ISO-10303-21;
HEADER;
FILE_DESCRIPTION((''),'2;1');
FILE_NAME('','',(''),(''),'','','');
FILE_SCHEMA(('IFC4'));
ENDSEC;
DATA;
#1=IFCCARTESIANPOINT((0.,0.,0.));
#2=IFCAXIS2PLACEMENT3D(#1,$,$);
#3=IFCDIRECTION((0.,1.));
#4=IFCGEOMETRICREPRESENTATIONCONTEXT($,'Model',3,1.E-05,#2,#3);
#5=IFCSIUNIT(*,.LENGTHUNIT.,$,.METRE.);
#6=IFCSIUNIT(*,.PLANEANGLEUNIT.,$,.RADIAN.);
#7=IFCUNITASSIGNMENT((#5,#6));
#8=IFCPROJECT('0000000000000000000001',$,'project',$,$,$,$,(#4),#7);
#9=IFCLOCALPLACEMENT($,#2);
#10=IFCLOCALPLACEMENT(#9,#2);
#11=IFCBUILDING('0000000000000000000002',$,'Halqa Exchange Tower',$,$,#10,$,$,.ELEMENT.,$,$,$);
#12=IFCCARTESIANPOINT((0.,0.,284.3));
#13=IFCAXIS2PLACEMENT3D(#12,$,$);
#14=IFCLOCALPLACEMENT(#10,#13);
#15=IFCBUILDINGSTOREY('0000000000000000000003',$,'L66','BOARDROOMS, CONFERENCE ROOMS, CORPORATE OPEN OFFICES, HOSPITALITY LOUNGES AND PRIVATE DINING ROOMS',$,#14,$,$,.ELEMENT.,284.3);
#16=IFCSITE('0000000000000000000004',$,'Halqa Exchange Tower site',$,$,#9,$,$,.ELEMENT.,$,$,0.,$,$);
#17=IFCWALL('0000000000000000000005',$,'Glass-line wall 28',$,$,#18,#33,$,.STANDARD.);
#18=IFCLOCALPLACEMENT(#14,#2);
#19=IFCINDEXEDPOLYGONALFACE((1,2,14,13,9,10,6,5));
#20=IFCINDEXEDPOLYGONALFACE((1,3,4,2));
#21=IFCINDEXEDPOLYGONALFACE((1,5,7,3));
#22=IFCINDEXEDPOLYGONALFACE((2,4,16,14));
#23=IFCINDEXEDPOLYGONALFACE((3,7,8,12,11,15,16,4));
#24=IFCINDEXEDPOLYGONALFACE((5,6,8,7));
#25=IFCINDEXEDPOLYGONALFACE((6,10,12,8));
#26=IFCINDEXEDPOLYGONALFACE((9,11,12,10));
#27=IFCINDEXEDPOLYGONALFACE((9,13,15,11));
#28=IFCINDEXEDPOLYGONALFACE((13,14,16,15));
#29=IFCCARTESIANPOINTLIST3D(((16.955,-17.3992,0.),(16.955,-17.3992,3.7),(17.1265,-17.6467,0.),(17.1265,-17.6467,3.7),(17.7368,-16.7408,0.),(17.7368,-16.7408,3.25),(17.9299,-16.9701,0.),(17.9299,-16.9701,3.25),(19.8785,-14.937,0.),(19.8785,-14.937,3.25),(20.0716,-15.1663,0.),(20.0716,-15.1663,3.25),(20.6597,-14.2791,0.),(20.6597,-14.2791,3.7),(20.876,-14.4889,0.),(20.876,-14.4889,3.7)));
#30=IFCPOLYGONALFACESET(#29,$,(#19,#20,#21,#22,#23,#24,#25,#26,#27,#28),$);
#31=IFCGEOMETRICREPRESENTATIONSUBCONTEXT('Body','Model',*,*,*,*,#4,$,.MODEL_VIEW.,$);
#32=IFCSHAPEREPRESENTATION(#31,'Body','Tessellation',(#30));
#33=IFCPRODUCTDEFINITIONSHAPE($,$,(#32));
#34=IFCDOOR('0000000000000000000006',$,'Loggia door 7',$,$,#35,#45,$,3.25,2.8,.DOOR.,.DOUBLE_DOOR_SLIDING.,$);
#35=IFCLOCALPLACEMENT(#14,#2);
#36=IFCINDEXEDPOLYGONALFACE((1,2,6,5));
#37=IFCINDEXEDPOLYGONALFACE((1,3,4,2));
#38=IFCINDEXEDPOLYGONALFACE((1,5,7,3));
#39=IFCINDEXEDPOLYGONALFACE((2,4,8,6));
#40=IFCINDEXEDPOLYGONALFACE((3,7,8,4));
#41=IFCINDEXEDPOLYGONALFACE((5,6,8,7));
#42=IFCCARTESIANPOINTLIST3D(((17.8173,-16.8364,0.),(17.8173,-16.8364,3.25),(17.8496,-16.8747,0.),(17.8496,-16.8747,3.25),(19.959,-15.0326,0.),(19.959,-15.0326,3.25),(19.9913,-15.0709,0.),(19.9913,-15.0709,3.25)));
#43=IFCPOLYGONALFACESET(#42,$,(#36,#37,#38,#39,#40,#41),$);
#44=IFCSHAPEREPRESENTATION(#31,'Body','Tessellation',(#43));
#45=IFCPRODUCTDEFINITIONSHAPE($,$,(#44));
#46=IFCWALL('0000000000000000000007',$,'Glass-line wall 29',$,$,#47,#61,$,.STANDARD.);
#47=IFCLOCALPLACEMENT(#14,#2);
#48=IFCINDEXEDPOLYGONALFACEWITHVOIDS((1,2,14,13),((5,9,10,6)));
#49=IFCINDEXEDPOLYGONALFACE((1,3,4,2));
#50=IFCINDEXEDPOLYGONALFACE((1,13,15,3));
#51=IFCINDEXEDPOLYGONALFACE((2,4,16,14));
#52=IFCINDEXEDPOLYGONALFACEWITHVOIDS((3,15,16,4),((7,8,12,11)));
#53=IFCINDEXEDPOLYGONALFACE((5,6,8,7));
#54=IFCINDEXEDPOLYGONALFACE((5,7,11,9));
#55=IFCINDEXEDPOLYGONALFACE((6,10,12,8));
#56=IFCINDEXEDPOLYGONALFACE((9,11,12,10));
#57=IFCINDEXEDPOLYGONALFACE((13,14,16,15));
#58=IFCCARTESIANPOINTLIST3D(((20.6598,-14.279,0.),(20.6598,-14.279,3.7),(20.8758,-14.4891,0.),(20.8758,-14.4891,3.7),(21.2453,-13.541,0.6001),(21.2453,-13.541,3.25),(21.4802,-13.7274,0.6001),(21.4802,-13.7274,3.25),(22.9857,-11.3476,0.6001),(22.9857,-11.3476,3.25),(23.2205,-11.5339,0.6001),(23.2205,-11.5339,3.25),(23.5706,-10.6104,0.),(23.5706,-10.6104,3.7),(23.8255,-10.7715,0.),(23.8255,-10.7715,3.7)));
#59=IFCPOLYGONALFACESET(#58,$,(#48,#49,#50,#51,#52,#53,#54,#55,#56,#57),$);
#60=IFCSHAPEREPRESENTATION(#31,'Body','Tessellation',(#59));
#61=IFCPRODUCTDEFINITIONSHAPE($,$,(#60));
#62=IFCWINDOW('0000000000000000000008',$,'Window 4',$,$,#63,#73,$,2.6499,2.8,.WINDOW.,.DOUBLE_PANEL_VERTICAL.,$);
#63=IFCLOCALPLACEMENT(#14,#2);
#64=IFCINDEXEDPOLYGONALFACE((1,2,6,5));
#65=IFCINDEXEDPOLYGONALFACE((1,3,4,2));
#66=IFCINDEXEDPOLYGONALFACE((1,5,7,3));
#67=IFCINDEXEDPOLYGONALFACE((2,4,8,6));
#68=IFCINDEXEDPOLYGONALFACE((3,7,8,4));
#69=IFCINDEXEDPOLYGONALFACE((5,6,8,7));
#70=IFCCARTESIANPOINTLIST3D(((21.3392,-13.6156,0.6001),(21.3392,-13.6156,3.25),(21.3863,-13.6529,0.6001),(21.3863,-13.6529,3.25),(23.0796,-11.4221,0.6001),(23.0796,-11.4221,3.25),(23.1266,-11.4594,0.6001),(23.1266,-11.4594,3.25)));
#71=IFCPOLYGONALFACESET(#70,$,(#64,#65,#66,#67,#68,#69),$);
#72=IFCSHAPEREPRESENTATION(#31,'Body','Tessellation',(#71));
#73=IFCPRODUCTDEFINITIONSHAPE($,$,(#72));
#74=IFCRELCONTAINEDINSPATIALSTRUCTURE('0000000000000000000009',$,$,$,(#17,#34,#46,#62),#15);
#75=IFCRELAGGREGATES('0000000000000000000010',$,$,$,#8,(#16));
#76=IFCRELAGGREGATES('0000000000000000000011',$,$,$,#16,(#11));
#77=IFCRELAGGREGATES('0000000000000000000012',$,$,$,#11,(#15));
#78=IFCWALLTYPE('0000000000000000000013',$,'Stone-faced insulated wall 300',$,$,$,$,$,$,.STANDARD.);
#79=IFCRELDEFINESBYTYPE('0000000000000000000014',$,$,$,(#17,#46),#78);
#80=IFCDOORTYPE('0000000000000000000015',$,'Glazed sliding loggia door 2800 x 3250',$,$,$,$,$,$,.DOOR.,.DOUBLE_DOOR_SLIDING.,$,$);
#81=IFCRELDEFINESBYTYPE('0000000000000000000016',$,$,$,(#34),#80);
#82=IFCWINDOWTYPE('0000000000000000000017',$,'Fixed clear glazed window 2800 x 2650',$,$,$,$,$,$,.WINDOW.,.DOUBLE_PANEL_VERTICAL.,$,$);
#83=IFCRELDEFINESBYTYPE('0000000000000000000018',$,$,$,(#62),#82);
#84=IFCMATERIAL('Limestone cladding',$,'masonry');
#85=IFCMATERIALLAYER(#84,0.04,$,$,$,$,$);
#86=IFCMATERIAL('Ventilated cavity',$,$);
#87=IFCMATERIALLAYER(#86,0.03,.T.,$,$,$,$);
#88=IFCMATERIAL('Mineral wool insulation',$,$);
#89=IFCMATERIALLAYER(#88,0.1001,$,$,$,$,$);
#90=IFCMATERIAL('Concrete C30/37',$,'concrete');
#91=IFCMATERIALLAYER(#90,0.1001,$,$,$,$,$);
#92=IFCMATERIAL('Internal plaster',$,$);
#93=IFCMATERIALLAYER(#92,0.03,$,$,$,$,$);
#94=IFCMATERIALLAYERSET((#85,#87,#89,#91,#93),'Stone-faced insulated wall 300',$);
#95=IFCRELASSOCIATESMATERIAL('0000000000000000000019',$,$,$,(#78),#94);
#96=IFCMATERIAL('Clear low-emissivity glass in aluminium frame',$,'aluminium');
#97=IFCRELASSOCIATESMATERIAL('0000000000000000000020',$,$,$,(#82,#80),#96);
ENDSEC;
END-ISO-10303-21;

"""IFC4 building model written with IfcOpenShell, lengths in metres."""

from ifc_helpers import new_model, si_unit, direction, frame, frame_2d, origin, place, context, subcontext, project, spatial, polyline, rectangle, outline, extrude, material, layer, layer_set, type_object, element, fill, save


model = new_model("IFC4")

# Units and contexts
model_context = context("Model", 3, precision=1e-05, world=origin(), true_north=direction((0.0, 1.0)))
body_context = subcontext(model_context, "Body", "Model", "MODEL_VIEW")
ifc_project = project(units=[si_unit("LENGTHUNIT", "METRE"), si_unit("PLANEANGLEUNIT", "RADIAN")], contexts=[model_context])

# Site, building, storey
site_placement = place(None, origin())
site = spatial("IfcSite", under=ifc_project, at=site_placement, Name="Halqa Exchange Tower site", CompositionType="ELEMENT", RefElevation=0.0)
building_placement = place(site_placement, origin())
building = spatial("IfcBuilding", under=site, at=building_placement, Name="Halqa Exchange Tower", CompositionType="ELEMENT")
storey_placement = place(building_placement, frame((0.0, 0.0, 284.3)))
storey = spatial("IfcBuildingStorey", under=building, at=storey_placement, Name="L66", Description="BOARDROOMS, CONFERENCE ROOMS, CORPORATE OPEN OFFICES, HOSPITALITY LOUNGES AND PRIVATE DINING ROOMS", CompositionType="ELEMENT", Elevation=284.3)

# Shared definitions
ifc_material_1 = material(Name="Limestone cladding", Category="masonry")
ifc_layer_1 = layer(ifc_material_1, 0.04)
ifc_material_2 = material(Name="Ventilated cavity")
ifc_layer_2 = layer(ifc_material_2, 0.03, ventilated=True)
ifc_material_3 = material(Name="Mineral wool insulation")
ifc_layer_3 = layer(ifc_material_3, 0.1001)
ifc_material_4 = material(Name="Concrete C30/37", Category="concrete")
ifc_layer_4 = layer(ifc_material_4, 0.1001)
ifc_material_5 = material(Name="Internal plaster")
ifc_layer_5 = layer(ifc_material_5, 0.03)
ifc_layer_set_1 = layer_set([ifc_layer_1, ifc_layer_2, ifc_layer_3, ifc_layer_4, ifc_layer_5], Name="Stone-faced insulated wall 300")
wall_type_1 = type_object("IfcWallType", Name="Stone-faced insulated wall 300", PredefinedType="STANDARD", material=ifc_layer_set_1)
ifc_material_6 = material(Name="Clear low-emissivity glass in aluminium frame", Category="aluminium")
window_type = type_object("IfcWindowType", Name="Fixed clear glazed window 2800 x 2650", PartitioningType="DOUBLE_PANEL_VERTICAL", PredefinedType="WINDOW", material=ifc_material_6)

# Wall, opening, door
wall_1_placement = place(storey_placement, frame((17.0408, -17.5229, 0.0), z_axis=(0.0, 0.0, 1.0), x_axis=(0.764876, 0.644177, 0.0)))
wall_1 = element("IfcWall", 1, at=wall_1_placement, inside=storey, type_object=wall_type_1, Name="Glass-line wall 28", PredefinedType="STANDARD", context=body_context, shape_type="SweptSolid", body=[
    extrude(outline(polyline([(-0.0142, -0.1499), (4.8879, -0.1499), (4.8577, 0.1499), (0.0142, 0.1499), (-0.0142, -0.1499)])), origin(), (0.0, 0.0, 1.0), 3.7),
])
opening_1_placement = place(wall_1_placement, frame((1.0364, 0.0, 0.0)))
opening_1 = element("IfcOpeningElement", 2, at=opening_1_placement, cuts=wall_1, PredefinedType="OPENING", context=body_context, shape_type="SweptSolid", body=[
    extrude(rectangle(XDim=2.8, YDim=3.25, at=frame_2d((1.3999, 1.625))), frame((0.0, 0.1621, 0.0), z_axis=(0.0, -1.0, 0.0), x_axis=(1.0, 0.0, 0.0)), (0.0, 0.0, 1.0), 0.324),
])
door_type_1 = type_object("IfcDoorType", Name="Glazed sliding loggia door 2800 x 3250", OperationType="DOUBLE_DOOR_SLIDING", PredefinedType="DOOR", material=ifc_material_6)
door_1_placement = place(opening_1_placement, origin())
door_1 = element("IfcDoor", 3, at=door_1_placement, inside=storey, type_object=door_type_1, Name="Loggia door 7", OperationType="DOUBLE_DOOR_SLIDING", OverallHeight=3.25, OverallWidth=2.8, PredefinedType="DOOR", context=body_context, shape_type="SweptSolid", body=[
    extrude(rectangle(XDim=2.8, YDim=3.25, at=frame_2d((1.3999, 1.625))), frame((0.0, 0.0249, 0.0), z_axis=(0.0, -1.0, 0.0), x_axis=(1.0, 0.0, 0.0)), (0.0, 0.0, 1.0), 0.05),
])
fill(opening_1, door_1)

# Wall, opening, window
wall_2_placement = place(storey_placement, frame((20.7678, -14.384, 0.0), z_axis=(0.0, 0.0, 1.0), x_axis=(0.621545, 0.783379, 0.0)))
wall_2 = element("IfcWall", 4, at=wall_2_placement, inside=storey, type_object=wall_type_1, Name="Glass-line wall 29", PredefinedType="STANDARD", context=body_context, shape_type="SweptSolid", body=[
    extrude(outline(polyline([(-0.0151, -0.1499), (4.7305, -0.1499), (4.6982, 0.1499), (0.0151, 0.1499), (-0.0151, -0.1499)])), origin(), (0.0, 0.0, 1.0), 3.7),
])
opening_2_placement = place(wall_2_placement, frame((0.9573, 0.0, 0.6001)))
opening_2 = element("IfcOpeningElement", 5, at=opening_2_placement, cuts=wall_2, PredefinedType="OPENING", context=body_context, shape_type="SweptSolid", body=[
    extrude(rectangle(XDim=2.8, YDim=2.6499, at=frame_2d((1.3999, 1.325))), frame((0.0, 0.1621, 0.0), z_axis=(0.0, -1.0, 0.0), x_axis=(1.0, 0.0, 0.0)), (0.0, 0.0, 1.0), 0.324),
])
window_1_placement = place(opening_2_placement, origin())
window_1 = element("IfcWindow", 6, at=window_1_placement, inside=storey, type_object=window_type, Name="Window 4", OverallHeight=2.6499, OverallWidth=2.8, PartitioningType="DOUBLE_PANEL_VERTICAL", PredefinedType="WINDOW", context=body_context, shape_type="SweptSolid", body=[
    extrude(rectangle(XDim=2.8, YDim=2.6499, at=frame_2d((1.3999, 1.325))), frame((0.0, 0.03, 0.0), z_axis=(0.0, -1.0, 0.0), x_axis=(1.0, 0.0, 0.0)), (0.0, 0.0, 1.0), 0.0601),
])
fill(opening_2, window_1)

save(model, "model.ifc")
